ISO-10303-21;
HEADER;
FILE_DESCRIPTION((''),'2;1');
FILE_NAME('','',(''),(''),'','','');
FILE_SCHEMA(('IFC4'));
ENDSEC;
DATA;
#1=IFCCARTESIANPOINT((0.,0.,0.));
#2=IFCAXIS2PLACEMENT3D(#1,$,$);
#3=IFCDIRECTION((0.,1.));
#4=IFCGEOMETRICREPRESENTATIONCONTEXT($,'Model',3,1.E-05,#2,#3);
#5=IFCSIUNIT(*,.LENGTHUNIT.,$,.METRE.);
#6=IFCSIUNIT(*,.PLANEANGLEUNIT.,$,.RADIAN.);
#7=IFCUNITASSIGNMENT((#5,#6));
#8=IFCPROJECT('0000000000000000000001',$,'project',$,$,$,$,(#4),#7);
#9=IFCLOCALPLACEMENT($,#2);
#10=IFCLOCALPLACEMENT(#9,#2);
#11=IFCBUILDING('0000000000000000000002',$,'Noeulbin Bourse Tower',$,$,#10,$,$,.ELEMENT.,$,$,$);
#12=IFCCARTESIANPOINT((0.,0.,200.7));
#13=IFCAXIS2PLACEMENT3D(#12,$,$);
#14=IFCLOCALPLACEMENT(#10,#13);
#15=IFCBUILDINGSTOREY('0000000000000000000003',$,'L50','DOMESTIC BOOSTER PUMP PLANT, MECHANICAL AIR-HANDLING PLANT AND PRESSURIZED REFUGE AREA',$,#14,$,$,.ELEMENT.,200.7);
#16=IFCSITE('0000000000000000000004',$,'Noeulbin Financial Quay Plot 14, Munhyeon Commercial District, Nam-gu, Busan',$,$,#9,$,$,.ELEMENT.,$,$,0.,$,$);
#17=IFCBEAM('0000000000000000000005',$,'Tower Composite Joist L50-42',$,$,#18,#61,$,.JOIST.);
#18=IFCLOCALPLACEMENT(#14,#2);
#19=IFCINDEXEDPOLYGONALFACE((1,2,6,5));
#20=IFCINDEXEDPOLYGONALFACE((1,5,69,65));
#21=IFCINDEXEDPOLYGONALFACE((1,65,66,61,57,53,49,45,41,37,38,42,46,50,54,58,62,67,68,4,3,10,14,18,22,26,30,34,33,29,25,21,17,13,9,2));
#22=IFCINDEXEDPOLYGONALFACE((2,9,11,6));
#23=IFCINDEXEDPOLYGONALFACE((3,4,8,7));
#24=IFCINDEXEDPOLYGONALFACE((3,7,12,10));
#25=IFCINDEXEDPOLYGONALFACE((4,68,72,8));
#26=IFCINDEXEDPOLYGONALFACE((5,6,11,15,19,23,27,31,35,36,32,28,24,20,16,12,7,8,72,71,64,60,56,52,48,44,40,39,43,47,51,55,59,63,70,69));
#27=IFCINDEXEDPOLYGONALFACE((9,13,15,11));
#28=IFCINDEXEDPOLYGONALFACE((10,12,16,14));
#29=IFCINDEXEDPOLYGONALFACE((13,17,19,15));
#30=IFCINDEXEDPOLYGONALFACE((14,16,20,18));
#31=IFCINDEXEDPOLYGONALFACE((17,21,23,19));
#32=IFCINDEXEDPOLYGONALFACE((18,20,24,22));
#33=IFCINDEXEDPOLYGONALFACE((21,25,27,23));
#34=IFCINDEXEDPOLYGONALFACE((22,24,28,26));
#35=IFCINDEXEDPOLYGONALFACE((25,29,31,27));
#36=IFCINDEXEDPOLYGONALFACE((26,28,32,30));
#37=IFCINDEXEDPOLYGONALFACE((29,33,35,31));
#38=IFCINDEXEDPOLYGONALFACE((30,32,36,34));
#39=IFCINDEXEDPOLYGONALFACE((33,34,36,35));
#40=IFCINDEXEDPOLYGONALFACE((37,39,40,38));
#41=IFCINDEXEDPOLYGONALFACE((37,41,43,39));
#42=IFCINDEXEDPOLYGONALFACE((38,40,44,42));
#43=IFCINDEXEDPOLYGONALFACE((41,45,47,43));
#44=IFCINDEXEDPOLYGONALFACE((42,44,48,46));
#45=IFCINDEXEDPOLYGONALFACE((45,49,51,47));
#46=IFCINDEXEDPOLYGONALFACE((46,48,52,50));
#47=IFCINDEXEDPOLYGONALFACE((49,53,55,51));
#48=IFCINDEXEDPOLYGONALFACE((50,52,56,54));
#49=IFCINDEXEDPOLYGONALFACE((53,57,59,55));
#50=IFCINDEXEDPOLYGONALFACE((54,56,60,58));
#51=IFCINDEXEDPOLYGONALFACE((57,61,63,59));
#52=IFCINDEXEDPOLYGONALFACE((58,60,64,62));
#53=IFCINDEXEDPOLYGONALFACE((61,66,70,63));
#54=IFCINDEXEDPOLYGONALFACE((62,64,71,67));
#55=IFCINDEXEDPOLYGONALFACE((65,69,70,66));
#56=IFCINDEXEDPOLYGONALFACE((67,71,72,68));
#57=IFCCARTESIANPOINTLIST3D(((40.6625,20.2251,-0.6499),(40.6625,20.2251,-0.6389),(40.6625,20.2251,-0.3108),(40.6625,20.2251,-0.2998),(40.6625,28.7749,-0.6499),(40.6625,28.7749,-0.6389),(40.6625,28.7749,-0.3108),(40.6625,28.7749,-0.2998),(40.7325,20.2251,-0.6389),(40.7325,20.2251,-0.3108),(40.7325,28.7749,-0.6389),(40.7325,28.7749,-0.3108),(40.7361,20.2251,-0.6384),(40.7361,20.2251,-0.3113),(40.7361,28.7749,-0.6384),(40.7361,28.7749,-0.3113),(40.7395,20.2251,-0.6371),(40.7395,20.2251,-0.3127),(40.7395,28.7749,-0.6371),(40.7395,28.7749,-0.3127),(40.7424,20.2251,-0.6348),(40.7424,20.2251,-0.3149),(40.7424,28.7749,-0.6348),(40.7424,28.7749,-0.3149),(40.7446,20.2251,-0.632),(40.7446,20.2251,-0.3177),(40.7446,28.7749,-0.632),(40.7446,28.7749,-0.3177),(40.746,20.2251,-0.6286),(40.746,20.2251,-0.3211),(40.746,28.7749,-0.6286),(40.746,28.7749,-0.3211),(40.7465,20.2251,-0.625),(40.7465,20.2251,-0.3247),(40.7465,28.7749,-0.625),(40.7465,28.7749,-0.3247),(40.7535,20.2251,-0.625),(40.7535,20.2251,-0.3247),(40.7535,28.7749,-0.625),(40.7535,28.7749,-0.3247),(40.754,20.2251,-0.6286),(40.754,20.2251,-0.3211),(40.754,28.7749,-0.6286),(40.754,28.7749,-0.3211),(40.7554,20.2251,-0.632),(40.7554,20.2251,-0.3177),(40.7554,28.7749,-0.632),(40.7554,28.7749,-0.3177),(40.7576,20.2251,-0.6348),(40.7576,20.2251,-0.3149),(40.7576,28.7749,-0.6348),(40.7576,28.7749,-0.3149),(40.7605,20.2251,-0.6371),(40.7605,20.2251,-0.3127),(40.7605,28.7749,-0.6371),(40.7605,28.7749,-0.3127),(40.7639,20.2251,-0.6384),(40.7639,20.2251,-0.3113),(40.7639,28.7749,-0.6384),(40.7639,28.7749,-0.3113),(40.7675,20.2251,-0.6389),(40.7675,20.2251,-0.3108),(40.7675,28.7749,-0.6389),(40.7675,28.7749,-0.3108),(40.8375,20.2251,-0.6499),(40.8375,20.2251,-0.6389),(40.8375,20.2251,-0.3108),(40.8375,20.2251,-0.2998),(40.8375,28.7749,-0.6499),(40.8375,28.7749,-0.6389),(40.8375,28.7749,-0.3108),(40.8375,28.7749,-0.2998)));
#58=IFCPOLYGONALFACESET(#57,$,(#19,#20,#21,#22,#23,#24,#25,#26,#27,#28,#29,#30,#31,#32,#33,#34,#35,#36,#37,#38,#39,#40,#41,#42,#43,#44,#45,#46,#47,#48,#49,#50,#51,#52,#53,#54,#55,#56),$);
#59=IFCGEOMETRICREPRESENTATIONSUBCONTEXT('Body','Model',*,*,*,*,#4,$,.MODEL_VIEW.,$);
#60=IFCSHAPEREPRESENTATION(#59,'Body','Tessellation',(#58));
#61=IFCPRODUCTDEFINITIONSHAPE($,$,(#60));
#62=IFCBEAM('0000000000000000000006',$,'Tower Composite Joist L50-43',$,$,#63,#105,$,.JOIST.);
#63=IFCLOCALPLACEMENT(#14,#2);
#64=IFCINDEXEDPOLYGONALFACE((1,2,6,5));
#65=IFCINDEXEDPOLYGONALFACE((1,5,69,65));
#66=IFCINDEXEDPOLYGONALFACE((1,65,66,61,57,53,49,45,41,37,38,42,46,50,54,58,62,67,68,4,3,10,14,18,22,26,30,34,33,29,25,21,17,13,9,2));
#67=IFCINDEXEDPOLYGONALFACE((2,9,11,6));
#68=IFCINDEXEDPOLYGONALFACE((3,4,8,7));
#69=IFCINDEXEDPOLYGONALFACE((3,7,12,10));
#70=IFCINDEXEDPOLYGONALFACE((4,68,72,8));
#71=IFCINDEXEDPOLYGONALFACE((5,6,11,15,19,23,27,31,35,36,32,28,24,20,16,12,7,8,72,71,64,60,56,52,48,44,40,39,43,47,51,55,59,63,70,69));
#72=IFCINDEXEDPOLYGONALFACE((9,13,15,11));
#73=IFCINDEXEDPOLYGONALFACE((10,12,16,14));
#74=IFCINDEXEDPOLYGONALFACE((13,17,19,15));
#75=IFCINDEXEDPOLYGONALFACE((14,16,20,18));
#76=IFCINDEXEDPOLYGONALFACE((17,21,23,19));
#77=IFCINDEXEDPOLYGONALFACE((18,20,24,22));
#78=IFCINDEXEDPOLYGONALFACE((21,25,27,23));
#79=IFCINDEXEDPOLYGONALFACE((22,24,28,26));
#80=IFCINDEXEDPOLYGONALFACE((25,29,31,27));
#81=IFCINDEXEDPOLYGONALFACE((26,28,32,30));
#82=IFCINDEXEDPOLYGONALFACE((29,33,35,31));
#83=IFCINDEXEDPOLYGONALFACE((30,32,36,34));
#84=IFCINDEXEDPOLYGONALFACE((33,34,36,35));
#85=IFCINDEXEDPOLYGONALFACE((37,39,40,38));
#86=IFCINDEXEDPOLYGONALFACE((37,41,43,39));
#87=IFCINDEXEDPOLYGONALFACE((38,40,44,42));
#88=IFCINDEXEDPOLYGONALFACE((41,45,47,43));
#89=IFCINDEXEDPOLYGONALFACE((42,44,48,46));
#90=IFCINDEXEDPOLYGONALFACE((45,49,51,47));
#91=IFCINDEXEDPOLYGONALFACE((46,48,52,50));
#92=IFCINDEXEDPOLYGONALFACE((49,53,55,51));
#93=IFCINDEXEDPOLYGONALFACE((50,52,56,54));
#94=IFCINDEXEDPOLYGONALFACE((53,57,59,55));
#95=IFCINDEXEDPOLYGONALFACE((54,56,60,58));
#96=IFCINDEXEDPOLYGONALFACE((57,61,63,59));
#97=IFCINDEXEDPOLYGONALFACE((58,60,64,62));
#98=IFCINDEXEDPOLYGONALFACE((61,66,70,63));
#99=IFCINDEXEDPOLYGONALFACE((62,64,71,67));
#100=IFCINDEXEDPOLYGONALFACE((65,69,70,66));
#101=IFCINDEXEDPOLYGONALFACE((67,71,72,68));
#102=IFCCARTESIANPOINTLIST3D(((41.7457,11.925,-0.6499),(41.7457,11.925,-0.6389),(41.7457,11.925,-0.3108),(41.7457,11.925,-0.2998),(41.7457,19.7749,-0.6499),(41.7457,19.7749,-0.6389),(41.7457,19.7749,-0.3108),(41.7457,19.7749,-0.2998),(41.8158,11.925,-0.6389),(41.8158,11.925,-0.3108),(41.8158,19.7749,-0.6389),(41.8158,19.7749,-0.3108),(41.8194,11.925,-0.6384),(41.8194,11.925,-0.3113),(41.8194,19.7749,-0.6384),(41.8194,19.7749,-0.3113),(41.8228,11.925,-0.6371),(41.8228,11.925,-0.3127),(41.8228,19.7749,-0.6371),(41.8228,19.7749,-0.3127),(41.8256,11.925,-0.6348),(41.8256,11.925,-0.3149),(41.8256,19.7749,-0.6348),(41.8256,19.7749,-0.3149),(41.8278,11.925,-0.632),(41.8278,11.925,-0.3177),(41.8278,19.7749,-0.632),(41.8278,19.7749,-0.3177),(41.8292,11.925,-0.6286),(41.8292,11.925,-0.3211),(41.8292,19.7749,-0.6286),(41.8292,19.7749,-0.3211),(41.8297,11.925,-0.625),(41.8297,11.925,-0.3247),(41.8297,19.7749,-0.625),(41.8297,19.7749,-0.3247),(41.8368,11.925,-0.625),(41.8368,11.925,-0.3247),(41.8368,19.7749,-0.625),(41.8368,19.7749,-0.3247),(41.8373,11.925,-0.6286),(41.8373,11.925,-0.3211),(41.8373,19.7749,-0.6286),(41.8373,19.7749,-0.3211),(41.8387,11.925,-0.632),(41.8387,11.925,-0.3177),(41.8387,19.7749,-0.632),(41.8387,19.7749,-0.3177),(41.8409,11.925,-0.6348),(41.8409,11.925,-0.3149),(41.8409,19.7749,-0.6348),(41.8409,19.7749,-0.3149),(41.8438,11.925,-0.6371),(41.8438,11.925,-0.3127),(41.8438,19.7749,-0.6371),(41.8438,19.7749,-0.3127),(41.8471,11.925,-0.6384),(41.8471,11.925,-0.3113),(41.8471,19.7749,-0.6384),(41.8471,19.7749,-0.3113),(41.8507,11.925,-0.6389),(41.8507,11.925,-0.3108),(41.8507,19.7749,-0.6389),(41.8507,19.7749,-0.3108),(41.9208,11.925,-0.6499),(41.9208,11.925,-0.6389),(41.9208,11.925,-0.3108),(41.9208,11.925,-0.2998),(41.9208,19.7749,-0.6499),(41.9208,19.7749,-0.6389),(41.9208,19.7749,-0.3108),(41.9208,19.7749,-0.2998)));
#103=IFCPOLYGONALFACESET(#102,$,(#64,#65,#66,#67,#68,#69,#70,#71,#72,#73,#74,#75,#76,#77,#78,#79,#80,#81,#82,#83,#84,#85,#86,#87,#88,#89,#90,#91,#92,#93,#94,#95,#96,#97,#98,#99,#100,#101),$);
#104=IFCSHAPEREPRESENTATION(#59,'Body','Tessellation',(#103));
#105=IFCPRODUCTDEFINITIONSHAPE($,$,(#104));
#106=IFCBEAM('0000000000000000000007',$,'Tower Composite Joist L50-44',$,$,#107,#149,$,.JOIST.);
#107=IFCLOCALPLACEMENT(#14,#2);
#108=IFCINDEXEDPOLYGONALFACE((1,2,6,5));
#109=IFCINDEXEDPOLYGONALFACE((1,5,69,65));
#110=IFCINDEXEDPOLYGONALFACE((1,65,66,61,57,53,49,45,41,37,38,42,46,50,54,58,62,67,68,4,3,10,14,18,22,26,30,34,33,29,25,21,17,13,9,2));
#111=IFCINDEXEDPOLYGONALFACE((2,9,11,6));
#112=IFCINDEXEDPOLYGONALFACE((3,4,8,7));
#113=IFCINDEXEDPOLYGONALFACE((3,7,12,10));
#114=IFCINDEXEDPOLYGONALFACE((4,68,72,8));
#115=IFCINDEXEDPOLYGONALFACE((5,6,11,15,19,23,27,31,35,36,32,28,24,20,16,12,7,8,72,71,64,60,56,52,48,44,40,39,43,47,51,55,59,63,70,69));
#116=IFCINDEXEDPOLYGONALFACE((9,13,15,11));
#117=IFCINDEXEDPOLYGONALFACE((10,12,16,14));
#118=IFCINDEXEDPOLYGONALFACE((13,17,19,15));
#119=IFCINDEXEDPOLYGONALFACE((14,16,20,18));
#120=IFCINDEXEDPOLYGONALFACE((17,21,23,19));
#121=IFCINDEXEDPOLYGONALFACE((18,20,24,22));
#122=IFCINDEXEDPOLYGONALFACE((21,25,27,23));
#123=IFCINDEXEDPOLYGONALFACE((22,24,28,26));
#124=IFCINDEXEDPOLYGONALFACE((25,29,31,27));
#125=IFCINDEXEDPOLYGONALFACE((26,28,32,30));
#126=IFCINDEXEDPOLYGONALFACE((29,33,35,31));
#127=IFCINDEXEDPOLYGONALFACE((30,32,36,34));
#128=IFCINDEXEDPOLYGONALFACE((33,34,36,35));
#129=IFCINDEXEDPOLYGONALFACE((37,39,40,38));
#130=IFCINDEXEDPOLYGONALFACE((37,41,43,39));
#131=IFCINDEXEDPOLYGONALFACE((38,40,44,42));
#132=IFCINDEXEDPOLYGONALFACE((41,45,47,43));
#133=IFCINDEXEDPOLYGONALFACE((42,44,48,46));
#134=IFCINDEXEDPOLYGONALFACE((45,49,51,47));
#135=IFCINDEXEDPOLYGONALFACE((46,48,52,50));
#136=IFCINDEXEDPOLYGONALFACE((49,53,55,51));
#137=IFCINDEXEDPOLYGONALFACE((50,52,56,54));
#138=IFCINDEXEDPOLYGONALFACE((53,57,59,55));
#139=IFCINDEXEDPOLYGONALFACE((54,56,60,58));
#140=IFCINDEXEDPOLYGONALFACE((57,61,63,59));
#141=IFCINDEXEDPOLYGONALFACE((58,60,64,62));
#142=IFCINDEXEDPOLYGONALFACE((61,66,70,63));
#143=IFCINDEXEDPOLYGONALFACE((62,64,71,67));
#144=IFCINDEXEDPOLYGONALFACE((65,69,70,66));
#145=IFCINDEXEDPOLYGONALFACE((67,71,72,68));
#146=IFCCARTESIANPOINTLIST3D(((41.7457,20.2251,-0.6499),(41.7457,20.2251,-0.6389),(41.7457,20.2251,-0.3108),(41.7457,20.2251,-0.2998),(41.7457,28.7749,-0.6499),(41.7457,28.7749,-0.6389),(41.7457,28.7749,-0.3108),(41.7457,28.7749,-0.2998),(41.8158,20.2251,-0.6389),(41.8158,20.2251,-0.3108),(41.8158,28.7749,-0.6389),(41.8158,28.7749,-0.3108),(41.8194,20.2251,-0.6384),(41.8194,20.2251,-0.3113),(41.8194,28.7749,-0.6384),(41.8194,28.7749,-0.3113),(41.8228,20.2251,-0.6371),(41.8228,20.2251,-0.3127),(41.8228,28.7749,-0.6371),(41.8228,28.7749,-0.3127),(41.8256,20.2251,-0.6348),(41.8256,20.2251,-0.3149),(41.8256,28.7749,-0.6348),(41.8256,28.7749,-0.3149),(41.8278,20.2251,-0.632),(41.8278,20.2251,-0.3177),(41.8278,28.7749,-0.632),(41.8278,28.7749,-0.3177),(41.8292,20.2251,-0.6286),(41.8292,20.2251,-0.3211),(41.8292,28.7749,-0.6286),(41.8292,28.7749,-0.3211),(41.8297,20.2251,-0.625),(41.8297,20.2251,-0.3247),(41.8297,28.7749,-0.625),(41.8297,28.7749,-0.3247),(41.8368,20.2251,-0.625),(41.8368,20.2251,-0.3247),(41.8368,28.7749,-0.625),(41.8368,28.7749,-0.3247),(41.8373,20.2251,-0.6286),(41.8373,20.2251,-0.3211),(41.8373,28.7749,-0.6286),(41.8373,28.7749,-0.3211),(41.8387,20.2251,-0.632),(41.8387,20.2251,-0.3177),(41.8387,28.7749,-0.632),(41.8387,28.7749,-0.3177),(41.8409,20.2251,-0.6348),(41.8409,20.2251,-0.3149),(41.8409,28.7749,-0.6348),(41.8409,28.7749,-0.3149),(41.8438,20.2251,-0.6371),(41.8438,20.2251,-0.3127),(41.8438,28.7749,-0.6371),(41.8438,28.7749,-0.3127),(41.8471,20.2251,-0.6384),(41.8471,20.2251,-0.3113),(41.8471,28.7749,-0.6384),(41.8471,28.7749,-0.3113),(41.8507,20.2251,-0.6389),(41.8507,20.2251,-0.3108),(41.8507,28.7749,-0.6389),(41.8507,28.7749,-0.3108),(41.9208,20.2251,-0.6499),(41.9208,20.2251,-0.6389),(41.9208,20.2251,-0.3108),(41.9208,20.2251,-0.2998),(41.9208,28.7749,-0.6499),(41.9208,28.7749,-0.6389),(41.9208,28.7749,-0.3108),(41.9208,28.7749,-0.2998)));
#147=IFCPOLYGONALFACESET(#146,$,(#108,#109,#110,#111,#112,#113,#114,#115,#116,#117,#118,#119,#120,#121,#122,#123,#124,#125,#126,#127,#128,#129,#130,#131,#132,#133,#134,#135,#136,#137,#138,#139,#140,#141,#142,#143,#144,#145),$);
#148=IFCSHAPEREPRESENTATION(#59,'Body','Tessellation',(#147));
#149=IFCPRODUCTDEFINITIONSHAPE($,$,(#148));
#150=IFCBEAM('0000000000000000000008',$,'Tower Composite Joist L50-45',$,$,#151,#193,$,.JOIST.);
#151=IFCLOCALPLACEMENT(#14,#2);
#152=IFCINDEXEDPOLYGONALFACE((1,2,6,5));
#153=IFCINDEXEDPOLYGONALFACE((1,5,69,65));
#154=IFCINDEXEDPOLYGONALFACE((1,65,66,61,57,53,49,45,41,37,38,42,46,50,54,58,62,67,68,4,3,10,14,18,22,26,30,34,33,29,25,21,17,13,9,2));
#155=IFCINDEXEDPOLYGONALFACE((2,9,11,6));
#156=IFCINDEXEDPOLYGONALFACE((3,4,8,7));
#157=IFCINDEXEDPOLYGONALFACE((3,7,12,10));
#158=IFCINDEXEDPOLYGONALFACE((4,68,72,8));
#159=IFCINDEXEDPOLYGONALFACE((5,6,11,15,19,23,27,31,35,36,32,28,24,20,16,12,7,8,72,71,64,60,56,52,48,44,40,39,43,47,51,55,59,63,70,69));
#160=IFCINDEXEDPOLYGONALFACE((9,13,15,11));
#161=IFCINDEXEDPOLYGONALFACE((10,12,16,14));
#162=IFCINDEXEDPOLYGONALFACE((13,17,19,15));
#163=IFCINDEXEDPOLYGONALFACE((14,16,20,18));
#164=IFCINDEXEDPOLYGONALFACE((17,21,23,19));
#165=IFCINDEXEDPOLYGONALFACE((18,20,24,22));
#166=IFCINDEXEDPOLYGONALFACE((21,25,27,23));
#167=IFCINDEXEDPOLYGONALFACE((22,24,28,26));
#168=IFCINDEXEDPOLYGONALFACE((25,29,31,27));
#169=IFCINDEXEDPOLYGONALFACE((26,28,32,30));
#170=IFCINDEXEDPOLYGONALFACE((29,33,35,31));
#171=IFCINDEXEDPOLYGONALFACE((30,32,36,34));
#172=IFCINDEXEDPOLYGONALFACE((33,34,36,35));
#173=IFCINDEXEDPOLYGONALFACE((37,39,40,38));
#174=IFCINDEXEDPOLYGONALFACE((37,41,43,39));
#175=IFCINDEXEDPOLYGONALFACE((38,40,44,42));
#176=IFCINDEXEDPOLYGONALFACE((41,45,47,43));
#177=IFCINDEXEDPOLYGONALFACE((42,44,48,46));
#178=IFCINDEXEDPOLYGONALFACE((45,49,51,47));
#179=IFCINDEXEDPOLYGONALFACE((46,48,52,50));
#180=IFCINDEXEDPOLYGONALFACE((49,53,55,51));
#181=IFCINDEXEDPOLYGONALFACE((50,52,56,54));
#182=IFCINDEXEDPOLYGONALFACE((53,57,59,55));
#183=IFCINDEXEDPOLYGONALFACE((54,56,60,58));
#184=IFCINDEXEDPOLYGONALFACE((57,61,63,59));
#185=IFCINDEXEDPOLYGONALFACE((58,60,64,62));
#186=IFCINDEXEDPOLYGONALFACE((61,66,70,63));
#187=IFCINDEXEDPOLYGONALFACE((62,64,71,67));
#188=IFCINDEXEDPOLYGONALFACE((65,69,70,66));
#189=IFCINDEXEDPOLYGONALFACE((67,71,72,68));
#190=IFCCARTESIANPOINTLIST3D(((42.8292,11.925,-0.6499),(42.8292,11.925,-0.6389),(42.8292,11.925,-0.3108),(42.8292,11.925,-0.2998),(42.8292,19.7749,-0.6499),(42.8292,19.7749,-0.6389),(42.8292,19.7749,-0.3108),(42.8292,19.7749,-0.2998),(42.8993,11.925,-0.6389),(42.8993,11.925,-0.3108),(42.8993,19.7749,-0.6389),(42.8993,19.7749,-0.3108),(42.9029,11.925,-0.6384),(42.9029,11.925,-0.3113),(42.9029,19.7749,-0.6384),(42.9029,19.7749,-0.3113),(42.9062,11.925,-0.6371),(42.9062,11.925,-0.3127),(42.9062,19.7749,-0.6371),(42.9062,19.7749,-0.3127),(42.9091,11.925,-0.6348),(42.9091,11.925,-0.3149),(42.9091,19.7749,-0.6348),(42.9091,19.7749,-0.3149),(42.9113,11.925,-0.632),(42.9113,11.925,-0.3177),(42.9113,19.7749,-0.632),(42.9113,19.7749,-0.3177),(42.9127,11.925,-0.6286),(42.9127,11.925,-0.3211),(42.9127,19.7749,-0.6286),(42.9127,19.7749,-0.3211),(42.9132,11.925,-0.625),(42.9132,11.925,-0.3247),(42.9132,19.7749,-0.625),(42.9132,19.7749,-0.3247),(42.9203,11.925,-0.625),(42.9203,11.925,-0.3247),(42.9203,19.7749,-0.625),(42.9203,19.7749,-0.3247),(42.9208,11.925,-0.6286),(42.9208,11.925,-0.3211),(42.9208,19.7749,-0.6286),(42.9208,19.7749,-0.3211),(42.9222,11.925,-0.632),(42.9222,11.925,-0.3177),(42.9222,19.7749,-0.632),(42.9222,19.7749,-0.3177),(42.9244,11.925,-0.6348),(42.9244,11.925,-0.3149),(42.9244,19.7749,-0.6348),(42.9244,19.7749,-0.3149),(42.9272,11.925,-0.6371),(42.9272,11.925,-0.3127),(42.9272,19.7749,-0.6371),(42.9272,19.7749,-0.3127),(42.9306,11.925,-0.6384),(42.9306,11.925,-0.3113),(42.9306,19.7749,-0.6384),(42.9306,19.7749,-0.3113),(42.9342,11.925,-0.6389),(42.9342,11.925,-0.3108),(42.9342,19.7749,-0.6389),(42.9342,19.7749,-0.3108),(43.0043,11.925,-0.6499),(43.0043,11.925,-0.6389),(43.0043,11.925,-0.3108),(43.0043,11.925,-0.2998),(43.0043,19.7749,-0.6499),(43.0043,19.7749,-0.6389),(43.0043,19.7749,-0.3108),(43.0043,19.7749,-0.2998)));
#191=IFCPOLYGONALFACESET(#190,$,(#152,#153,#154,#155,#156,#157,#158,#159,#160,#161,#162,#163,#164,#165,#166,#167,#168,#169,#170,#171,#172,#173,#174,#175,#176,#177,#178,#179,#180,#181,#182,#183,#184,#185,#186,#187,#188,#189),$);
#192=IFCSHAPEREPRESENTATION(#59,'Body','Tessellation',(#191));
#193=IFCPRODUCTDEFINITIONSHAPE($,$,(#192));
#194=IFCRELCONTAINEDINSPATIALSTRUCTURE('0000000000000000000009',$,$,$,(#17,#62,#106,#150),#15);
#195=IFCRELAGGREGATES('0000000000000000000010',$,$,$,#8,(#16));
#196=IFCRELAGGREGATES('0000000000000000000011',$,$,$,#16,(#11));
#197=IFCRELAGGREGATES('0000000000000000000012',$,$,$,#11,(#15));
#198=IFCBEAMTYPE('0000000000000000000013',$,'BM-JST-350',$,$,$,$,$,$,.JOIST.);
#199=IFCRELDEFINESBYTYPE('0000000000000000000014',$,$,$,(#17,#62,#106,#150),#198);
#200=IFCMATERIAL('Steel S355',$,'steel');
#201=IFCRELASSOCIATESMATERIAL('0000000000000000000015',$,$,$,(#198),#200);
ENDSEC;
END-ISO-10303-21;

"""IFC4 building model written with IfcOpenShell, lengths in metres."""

from ifc_helpers import new_model, si_unit, direction, frame, origin, origin_2d, place, context, subcontext, project, spatial, i_section, extrude, material, material_profile, profile_set, type_object, element, save


model = new_model("IFC4")

# Units and contexts
model_context = context("Model", 3, precision=1e-05, world=origin(), true_north=direction((0.0, 1.0)))
body_context = subcontext(model_context, "Body", "Model", "MODEL_VIEW")
ifc_project = project(units=[si_unit("LENGTHUNIT", "METRE"), si_unit("PLANEANGLEUNIT", "RADIAN")], contexts=[model_context])

# Site, building, storey
site_placement = place(None, origin())
site = spatial("IfcSite", under=ifc_project, at=site_placement, Name="Noeulbin Financial Quay Plot 14, Munhyeon Commercial District, Nam-gu, Busan", CompositionType="ELEMENT", RefElevation=0.0)
building_placement = place(site_placement, origin())
building = spatial("IfcBuilding", under=site, at=building_placement, Name="Noeulbin Bourse Tower", CompositionType="ELEMENT")
storey_placement = place(building_placement, frame((0.0, 0.0, 200.7)))
storey = spatial("IfcBuildingStorey", under=building, at=storey_placement, Name="L50", Description="DOMESTIC BOOSTER PUMP PLANT, MECHANICAL AIR-HANDLING PLANT AND PRESSURIZED REFUGE AREA", CompositionType="ELEMENT", Elevation=200.7)

# Shared definitions
ifc_material_1 = material(Name="Steel S355", Category="steel")

# Beams
ifc_material_profile_1 = material_profile(ifc_material_1, i_section(OverallWidth=0.175, OverallDepth=0.3501, WebThickness=0.0071, FlangeThickness=0.011, FilletRadius=0.0139, at=origin_2d()), Name="H-350x175x7x11", Category="LoadBearing")
ifc_profile_set_1 = profile_set([ifc_material_profile_1], Name="Steel S355")
beam_type_1 = type_object("IfcBeamType", Name="BM-JST-350", PredefinedType="JOIST", material=ifc_profile_set_1)
beam_1_placement = place(storey_placement, frame((40.75, 20.2251, -0.4749), z_axis=(0.0, 1.0, 0.0), x_axis=(-1.0, 0.0, 0.0)))
element("IfcBeam", 1, at=beam_1_placement, inside=storey, type_object=beam_type_1, Name="Tower Composite Joist L50-42", PredefinedType="JOIST", context=body_context, shape_type="SweptSolid", body=[
    extrude(i_section(OverallWidth=0.175, OverallDepth=0.3501, WebThickness=0.0071, FlangeThickness=0.011, FilletRadius=0.0139, at=origin_2d()), origin(), (0.0, 0.0, 1.0), 8.5498),
])
beam_2_placement = place(storey_placement, frame((41.8333, 11.925, -0.4749), z_axis=(0.0, 1.0, 0.0), x_axis=(-1.0, 0.0, 0.0)))
element("IfcBeam", 2, at=beam_2_placement, inside=storey, type_object=beam_type_1, Name="Tower Composite Joist L50-43", PredefinedType="JOIST", context=body_context, shape_type="SweptSolid", body=[
    extrude(i_section(OverallWidth=0.175, OverallDepth=0.3501, WebThickness=0.0071, FlangeThickness=0.011, FilletRadius=0.0139, at=origin_2d()), origin(), (0.0, 0.0, 1.0), 7.8499),
])
beam_3_placement = place(storey_placement, frame((41.8333, 20.2251, -0.4749), z_axis=(0.0, 1.0, 0.0), x_axis=(-1.0, 0.0, 0.0)))
element("IfcBeam", 3, at=beam_3_placement, inside=storey, type_object=beam_type_1, Name="Tower Composite Joist L50-44", PredefinedType="JOIST", context=body_context, shape_type="SweptSolid", body=[
    extrude(i_section(OverallWidth=0.175, OverallDepth=0.3501, WebThickness=0.0071, FlangeThickness=0.011, FilletRadius=0.0139, at=origin_2d()), origin(), (0.0, 0.0, 1.0), 8.5498),
])
beam_4_placement = place(storey_placement, frame((42.9167, 11.925, -0.4749), z_axis=(0.0, 1.0, 0.0), x_axis=(-1.0, 0.0, 0.0)))
element("IfcBeam", 4, at=beam_4_placement, inside=storey, type_object=beam_type_1, Name="Tower Composite Joist L50-45", PredefinedType="JOIST", context=body_context, shape_type="SweptSolid", body=[
    extrude(i_section(OverallWidth=0.175, OverallDepth=0.3501, WebThickness=0.0071, FlangeThickness=0.011, FilletRadius=0.0139, at=origin_2d()), origin(), (0.0, 0.0, 1.0), 7.8499),
])

save(model, "model.ifc")
